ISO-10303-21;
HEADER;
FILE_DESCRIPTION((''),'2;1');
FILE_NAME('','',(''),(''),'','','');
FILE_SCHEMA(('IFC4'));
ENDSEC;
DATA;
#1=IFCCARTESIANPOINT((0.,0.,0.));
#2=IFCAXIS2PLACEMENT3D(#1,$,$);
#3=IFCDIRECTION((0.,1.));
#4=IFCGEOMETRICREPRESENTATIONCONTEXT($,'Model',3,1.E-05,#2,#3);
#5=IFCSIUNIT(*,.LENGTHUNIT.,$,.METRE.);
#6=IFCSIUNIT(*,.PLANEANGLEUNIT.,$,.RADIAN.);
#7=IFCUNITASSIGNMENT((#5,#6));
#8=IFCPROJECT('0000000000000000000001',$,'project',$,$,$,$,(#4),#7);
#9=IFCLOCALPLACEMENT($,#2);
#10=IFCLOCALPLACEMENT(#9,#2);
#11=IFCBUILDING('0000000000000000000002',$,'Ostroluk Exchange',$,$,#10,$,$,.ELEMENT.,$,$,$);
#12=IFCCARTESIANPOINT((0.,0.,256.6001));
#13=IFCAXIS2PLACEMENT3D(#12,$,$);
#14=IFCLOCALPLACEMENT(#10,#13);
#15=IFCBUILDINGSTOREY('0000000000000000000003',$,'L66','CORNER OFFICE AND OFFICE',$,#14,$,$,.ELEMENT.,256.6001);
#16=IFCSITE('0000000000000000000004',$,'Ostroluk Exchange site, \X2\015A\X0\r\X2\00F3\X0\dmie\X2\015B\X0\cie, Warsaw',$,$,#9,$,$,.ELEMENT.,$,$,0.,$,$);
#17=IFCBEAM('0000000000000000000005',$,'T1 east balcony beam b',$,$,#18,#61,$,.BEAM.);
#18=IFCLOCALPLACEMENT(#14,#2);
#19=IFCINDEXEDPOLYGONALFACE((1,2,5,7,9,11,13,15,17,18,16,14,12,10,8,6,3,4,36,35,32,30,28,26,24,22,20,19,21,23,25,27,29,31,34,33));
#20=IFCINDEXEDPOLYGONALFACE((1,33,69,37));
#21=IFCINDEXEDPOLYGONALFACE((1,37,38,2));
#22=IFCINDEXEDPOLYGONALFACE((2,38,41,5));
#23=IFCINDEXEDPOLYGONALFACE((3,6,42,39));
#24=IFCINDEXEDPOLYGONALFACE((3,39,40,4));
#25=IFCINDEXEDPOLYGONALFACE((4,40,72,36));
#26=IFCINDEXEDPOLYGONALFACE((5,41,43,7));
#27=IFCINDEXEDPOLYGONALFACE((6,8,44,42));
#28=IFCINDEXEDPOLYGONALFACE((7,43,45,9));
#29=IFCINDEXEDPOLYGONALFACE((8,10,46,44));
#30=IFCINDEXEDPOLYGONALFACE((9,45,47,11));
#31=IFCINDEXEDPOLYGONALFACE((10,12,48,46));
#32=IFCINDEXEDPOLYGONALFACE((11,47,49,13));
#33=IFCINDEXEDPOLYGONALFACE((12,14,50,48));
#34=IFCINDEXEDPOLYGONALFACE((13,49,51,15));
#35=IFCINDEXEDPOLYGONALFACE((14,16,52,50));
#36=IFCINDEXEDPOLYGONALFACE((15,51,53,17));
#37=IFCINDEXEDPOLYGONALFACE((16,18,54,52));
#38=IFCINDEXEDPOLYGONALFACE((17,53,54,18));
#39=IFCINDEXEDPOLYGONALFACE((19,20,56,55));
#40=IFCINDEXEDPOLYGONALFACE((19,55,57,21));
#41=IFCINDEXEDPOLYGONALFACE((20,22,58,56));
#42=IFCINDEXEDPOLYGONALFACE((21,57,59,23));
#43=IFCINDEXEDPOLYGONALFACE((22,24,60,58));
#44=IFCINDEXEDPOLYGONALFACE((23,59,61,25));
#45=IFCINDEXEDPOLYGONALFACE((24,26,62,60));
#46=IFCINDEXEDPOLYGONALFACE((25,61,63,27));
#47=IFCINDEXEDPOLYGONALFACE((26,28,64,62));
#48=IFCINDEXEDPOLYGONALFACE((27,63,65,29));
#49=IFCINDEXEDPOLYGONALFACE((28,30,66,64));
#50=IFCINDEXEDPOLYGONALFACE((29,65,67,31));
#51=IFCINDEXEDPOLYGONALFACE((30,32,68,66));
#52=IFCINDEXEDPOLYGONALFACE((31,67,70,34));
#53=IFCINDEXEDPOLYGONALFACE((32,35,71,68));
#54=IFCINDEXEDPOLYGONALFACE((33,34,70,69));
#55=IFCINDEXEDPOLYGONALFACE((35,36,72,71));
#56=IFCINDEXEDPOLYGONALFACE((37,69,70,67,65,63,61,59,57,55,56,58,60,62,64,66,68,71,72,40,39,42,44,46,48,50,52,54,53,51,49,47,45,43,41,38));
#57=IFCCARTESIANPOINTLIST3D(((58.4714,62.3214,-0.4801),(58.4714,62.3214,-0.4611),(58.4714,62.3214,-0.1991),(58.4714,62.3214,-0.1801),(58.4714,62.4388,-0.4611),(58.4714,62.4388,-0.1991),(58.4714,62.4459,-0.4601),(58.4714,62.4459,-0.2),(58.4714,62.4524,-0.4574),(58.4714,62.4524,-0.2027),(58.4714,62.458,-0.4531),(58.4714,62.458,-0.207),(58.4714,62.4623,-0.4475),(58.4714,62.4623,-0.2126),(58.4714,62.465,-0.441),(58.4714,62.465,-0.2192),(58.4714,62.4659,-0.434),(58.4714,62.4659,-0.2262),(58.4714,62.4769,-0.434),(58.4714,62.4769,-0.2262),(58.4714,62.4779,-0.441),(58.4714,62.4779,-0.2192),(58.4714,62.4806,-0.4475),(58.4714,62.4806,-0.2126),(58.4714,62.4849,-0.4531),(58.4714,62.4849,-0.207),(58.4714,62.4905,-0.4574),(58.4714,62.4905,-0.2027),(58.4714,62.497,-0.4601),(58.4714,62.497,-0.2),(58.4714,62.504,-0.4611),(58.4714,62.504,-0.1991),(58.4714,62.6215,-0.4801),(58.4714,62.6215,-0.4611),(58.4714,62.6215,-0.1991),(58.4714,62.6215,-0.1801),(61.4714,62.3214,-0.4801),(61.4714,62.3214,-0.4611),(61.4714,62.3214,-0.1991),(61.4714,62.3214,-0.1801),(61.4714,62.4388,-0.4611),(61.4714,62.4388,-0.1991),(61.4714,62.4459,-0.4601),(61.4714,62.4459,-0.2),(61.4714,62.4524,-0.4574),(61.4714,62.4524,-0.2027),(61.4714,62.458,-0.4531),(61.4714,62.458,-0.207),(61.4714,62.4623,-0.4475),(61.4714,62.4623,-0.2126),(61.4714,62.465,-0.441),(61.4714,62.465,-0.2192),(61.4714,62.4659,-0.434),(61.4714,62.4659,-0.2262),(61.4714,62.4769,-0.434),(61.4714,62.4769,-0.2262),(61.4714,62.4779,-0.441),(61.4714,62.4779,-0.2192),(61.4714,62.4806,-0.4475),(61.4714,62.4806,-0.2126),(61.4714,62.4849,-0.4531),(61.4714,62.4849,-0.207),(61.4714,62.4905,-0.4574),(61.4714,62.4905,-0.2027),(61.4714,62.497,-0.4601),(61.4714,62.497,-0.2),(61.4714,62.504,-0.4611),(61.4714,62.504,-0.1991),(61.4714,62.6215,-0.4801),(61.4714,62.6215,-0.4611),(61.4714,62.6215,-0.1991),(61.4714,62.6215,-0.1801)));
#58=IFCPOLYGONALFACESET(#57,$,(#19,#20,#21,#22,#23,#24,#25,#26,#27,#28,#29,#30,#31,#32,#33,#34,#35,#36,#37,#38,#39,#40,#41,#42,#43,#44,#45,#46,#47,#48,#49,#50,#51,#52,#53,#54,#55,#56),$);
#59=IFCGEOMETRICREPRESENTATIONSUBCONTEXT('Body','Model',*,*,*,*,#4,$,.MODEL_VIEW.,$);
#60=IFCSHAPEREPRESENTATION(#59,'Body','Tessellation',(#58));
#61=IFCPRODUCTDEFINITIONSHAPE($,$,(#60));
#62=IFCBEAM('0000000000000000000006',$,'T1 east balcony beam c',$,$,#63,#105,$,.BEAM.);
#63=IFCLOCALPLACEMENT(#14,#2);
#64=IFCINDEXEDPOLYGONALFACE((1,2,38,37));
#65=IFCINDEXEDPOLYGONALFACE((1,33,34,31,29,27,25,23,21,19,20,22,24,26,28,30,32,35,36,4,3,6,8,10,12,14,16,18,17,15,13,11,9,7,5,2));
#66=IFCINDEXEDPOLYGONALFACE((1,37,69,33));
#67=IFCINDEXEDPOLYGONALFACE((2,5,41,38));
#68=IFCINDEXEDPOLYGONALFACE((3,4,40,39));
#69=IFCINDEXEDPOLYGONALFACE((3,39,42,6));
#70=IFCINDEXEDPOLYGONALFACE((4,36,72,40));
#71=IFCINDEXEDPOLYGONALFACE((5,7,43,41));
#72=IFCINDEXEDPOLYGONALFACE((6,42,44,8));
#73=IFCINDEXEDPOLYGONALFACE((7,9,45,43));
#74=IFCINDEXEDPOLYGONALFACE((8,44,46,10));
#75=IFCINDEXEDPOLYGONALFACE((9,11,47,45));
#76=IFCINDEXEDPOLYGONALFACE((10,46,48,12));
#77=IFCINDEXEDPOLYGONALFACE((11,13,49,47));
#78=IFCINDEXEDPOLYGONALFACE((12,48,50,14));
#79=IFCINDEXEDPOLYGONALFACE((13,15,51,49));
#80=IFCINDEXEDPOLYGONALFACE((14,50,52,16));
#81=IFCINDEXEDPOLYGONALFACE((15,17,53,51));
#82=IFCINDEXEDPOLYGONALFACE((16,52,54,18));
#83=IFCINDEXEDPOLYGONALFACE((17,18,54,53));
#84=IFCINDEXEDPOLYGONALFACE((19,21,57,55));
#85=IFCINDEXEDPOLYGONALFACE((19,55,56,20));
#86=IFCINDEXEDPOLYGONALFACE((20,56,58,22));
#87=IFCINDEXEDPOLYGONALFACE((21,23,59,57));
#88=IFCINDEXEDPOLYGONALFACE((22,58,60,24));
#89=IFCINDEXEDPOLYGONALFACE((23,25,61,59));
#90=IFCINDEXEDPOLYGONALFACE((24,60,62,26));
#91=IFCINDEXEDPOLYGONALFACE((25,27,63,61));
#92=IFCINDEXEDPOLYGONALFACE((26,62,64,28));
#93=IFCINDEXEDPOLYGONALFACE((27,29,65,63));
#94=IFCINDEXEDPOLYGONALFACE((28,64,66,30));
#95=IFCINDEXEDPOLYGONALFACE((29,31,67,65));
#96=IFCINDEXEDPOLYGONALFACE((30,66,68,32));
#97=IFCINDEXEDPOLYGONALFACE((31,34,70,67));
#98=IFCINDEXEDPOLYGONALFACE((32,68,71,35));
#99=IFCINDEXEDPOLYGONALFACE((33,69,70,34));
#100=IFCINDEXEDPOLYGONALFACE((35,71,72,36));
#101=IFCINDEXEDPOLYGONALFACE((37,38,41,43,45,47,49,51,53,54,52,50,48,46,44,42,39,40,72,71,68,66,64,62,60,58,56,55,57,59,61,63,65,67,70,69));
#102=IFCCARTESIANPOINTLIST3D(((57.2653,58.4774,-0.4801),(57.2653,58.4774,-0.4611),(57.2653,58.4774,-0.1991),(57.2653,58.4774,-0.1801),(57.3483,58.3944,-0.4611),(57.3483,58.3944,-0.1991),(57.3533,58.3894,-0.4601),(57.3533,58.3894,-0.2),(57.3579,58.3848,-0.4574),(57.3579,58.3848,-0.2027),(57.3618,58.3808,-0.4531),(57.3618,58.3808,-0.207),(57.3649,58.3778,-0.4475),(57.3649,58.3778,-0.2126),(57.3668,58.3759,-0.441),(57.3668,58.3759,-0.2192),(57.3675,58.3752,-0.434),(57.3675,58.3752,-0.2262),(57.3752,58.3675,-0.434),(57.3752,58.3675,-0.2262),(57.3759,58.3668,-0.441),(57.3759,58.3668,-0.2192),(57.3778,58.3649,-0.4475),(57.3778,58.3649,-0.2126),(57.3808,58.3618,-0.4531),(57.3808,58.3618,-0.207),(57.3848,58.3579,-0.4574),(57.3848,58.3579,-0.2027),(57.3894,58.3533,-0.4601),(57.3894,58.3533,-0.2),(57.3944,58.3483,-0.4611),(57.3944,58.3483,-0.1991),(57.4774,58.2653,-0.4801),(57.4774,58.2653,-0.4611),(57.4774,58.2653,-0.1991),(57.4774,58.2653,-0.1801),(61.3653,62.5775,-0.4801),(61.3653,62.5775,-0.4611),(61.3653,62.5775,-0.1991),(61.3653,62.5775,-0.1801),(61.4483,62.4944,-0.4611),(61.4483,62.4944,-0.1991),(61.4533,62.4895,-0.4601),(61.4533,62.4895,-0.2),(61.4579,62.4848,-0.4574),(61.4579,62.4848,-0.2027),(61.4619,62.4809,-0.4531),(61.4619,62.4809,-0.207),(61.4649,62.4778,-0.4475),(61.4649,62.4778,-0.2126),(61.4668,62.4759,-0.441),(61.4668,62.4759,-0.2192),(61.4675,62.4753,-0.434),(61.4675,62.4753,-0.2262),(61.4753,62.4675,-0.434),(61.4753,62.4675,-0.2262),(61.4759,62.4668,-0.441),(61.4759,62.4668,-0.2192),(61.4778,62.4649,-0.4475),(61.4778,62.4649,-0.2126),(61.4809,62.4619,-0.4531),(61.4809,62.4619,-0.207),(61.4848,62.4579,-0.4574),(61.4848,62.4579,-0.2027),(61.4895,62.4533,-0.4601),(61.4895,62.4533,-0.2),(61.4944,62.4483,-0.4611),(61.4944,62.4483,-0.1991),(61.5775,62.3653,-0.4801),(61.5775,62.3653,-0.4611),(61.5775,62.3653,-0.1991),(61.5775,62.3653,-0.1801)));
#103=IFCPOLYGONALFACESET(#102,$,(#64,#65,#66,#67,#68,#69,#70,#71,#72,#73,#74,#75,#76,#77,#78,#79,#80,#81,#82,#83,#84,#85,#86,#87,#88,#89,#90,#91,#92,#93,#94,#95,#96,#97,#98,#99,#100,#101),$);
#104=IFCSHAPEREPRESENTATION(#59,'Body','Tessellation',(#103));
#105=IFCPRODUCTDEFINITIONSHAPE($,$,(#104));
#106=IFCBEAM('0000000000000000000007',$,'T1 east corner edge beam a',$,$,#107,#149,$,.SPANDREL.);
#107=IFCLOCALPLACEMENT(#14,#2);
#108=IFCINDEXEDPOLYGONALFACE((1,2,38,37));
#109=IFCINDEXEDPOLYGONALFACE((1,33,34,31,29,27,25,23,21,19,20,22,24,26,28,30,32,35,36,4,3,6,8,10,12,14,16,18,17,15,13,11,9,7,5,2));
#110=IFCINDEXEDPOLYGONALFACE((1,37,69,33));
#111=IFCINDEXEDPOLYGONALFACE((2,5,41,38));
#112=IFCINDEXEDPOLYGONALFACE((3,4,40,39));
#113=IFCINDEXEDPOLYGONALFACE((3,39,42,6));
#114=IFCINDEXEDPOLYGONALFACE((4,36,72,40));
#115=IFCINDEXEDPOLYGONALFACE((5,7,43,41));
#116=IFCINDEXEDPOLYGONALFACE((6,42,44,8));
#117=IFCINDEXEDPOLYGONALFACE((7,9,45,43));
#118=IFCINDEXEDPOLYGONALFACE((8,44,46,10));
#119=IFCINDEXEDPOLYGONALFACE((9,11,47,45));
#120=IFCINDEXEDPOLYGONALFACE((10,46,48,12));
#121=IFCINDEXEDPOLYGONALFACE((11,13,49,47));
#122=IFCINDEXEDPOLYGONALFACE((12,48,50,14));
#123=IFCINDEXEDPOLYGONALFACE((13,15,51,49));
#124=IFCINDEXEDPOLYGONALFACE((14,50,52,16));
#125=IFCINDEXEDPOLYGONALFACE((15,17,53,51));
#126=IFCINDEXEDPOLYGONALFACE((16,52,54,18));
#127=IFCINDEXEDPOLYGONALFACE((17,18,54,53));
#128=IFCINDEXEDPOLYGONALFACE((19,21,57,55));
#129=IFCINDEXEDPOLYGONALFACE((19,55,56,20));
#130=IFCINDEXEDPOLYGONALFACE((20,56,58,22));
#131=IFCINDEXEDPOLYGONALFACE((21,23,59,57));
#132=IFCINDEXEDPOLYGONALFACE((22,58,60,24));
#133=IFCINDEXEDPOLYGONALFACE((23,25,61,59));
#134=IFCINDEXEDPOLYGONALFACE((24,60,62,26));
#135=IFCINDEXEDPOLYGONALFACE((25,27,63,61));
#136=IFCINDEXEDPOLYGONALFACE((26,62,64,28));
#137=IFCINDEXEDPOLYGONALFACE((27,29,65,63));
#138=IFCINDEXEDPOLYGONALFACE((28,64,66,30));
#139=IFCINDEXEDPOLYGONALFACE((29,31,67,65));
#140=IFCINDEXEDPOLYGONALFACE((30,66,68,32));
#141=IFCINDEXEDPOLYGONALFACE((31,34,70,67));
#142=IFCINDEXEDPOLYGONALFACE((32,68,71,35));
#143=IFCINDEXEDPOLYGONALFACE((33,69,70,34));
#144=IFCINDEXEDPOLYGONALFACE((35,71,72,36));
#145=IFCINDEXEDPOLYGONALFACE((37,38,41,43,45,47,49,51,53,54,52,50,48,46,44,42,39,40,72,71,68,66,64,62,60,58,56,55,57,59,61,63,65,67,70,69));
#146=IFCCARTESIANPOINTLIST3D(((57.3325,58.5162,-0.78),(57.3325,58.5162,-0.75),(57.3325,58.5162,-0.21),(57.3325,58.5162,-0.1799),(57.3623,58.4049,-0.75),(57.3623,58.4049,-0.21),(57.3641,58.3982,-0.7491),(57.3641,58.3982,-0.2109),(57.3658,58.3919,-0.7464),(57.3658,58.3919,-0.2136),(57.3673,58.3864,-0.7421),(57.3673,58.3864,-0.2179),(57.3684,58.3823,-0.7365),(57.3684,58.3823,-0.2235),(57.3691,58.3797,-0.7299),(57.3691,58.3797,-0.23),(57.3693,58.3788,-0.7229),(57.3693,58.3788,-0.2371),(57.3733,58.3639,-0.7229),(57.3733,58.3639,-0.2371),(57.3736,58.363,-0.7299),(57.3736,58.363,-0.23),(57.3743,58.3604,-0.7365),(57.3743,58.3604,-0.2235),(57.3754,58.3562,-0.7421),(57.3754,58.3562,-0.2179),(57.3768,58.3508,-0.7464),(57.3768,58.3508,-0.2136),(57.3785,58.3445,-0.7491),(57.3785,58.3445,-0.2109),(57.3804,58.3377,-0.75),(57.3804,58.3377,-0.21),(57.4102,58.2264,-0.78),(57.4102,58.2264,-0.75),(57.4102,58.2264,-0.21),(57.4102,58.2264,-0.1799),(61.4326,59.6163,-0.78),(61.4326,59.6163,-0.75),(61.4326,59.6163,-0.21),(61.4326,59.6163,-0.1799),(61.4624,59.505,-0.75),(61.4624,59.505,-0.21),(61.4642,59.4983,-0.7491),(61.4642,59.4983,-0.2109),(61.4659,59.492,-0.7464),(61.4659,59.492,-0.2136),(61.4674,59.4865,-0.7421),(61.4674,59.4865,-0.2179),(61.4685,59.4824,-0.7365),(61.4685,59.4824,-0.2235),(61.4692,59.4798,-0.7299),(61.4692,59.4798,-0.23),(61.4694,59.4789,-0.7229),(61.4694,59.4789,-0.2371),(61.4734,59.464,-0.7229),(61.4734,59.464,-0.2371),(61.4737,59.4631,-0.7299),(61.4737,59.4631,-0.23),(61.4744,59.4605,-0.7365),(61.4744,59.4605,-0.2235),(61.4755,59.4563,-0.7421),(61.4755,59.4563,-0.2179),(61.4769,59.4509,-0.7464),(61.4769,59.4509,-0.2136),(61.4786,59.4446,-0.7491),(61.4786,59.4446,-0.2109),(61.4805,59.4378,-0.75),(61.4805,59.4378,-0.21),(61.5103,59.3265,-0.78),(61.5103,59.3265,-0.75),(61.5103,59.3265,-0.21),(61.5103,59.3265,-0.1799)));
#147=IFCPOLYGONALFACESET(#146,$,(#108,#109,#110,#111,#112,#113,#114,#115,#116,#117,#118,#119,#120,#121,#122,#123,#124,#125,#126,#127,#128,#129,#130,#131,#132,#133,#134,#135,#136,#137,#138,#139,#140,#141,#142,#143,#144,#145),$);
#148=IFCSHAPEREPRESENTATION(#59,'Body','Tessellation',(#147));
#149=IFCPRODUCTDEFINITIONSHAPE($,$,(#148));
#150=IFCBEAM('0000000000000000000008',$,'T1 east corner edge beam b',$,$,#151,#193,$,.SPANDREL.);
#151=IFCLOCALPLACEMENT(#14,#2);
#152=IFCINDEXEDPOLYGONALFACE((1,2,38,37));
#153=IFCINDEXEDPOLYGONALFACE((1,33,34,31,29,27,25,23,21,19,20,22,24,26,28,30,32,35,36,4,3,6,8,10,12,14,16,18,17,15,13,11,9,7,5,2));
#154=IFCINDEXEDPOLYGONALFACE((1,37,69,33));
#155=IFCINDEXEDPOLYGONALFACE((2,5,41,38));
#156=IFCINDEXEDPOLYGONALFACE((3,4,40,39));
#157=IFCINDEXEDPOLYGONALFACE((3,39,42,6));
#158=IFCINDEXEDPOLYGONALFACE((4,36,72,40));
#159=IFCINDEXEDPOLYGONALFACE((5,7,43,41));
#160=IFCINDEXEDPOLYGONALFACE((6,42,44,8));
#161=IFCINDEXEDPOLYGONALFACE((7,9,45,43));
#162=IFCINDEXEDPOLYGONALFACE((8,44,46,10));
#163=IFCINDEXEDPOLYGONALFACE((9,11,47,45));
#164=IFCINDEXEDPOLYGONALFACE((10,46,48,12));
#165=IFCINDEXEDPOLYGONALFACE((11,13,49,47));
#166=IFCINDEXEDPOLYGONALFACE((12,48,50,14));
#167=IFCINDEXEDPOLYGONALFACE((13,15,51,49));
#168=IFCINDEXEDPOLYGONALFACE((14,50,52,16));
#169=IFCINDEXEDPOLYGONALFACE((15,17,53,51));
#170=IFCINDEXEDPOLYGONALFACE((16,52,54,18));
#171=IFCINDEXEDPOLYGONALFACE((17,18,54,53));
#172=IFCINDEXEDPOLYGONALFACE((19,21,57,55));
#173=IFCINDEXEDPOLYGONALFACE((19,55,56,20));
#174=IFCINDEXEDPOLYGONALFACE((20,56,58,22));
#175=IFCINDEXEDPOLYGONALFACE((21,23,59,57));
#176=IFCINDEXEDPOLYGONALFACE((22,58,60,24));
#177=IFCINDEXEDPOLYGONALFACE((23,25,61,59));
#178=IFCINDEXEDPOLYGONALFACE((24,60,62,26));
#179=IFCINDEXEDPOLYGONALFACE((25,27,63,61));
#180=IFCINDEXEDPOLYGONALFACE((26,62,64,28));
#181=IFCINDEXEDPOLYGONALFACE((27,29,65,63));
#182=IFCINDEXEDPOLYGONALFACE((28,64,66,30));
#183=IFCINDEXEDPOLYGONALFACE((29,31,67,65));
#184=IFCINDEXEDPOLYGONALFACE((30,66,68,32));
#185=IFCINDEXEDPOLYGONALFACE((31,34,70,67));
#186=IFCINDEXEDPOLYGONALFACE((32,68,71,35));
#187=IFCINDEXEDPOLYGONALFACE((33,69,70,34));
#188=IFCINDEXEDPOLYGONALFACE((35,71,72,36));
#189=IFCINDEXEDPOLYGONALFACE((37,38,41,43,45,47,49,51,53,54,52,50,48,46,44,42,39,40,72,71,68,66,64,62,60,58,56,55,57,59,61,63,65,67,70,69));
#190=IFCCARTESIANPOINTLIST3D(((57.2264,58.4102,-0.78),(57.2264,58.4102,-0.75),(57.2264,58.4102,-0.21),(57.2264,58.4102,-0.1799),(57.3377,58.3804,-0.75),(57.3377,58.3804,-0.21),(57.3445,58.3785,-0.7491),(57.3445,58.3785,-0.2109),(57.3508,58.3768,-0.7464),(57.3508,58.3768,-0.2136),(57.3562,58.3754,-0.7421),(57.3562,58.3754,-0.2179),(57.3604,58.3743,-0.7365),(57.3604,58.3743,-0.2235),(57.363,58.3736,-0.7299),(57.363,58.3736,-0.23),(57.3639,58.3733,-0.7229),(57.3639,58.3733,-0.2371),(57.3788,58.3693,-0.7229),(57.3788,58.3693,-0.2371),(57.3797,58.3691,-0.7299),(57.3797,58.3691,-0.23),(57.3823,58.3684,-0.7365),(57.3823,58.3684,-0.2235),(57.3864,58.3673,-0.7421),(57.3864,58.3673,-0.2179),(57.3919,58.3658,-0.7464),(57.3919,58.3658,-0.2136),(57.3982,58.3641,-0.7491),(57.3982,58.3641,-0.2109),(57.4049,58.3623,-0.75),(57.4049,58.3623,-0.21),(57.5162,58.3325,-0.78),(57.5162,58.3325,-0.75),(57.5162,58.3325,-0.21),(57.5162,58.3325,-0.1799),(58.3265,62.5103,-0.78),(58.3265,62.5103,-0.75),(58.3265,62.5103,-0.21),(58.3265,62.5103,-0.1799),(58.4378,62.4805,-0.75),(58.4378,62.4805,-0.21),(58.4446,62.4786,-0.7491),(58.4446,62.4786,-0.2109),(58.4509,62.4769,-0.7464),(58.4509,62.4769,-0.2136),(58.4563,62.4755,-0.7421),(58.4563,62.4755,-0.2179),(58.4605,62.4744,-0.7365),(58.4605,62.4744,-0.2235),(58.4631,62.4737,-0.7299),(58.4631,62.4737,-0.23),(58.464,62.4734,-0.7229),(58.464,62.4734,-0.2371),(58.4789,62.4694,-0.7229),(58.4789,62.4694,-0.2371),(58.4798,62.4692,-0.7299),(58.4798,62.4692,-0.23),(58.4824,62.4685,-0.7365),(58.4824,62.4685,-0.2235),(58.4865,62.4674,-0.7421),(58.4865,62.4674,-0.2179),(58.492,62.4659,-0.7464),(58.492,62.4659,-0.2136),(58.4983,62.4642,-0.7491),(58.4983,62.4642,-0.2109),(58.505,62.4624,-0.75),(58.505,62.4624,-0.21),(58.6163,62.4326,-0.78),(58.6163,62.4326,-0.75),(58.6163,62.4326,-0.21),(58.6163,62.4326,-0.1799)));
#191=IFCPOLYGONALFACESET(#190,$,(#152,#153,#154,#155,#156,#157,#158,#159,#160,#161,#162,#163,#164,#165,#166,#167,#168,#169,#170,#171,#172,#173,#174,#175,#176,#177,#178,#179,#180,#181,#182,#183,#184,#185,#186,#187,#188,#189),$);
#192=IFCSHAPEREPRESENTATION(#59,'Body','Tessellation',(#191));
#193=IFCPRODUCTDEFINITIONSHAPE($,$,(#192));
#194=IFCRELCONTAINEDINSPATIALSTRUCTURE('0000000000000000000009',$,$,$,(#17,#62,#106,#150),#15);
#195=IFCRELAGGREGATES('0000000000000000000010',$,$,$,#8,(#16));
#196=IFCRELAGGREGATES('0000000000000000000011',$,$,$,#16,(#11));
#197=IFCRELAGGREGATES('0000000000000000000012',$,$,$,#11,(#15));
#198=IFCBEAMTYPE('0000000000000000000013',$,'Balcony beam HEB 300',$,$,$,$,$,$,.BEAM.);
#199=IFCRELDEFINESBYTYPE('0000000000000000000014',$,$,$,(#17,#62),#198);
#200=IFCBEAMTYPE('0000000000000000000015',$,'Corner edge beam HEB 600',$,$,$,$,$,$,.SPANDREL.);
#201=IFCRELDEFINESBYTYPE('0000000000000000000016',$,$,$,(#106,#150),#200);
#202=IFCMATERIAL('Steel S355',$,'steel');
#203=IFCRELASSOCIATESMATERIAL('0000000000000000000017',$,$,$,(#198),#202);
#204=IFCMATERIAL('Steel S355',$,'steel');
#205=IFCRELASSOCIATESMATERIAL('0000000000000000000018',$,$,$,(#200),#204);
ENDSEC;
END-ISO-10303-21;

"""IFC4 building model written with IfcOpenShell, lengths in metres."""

from ifc_helpers import new_model, si_unit, direction, frame, origin, origin_2d, place, context, subcontext, project, spatial, i_section, extrude, material, material_profile, profile_set, type_object, element, save


model = new_model("IFC4")

# Units and contexts
model_context = context("Model", 3, precision=1e-05, world=origin(), true_north=direction((0.0, 1.0)))
body_context = subcontext(model_context, "Body", "Model", "MODEL_VIEW")
ifc_project = project(units=[si_unit("LENGTHUNIT", "METRE"), si_unit("PLANEANGLEUNIT", "RADIAN")], contexts=[model_context])

# Site, building, storey
site_placement = place(None, origin())
site = spatial("IfcSite", under=ifc_project, at=site_placement, Name="Ostroluk Exchange site, Śródmieście, Warsaw", CompositionType="ELEMENT", RefElevation=0.0)
building_placement = place(site_placement, origin())
building = spatial("IfcBuilding", under=site, at=building_placement, Name="Ostroluk Exchange", CompositionType="ELEMENT")
storey_placement = place(building_placement, frame((0.0, 0.0, 256.6001)))
storey = spatial("IfcBuildingStorey", under=building, at=storey_placement, Name="L66", Description="CORNER OFFICE AND OFFICE", CompositionType="ELEMENT", Elevation=256.6001)

# Beams
ifc_material_1 = material(Name="Steel S355", Category="steel")
ifc_material_profile_1 = material_profile(ifc_material_1, i_section(OverallWidth=0.3, OverallDepth=0.3, WebThickness=0.011, FlangeThickness=0.019, FilletRadius=0.0271, at=origin_2d()), Name="HEB 300")
ifc_profile_set_1 = profile_set([ifc_material_profile_1], Name="Steel S355")
beam_type_1 = type_object("IfcBeamType", Name="Balcony beam HEB 300", PredefinedType="BEAM", material=ifc_profile_set_1)
for number, where, z_axis, x_axis, name in (
    (1, (58.4714, 62.4714, -0.3301), (1.0, 0.0, 0.0), (0.0, 1.0, 0.0), "T1 east balcony beam b"),
):
    element("IfcBeam", number, at=place(storey_placement, frame(where, z_axis=z_axis, x_axis=x_axis)), inside=storey, type_object=beam_type_1, Name=name, PredefinedType="BEAM", context=body_context, shape_type="SweptSolid", body=[
        extrude(i_section(OverallWidth=0.3, OverallDepth=0.3, WebThickness=0.011, FlangeThickness=0.019, FilletRadius=0.0271, at=origin_2d()), origin(), (0.0, 0.0, 1.0), 3.0),
    ])
beam_1_placement = place(storey_placement, frame((57.3713, 58.3713, -0.3301), z_axis=(0.707107, 0.707107, 0.0), x_axis=(-0.707107, 0.707107, 0.0)))
element("IfcBeam", 2, at=beam_1_placement, inside=storey, type_object=beam_type_1, Name="T1 east balcony beam c", PredefinedType="BEAM", context=body_context, shape_type="SweptSolid", body=[
    extrude(i_section(OverallWidth=0.3, OverallDepth=0.3, WebThickness=0.011, FlangeThickness=0.019, FilletRadius=0.0271, at=origin_2d()), origin(), (0.0, 0.0, 1.0), 5.7983),
])
ifc_material_2 = material(Name="Steel S355", Category="steel")
ifc_material_profile_2 = material_profile(ifc_material_2, i_section(OverallWidth=0.3, OverallDepth=0.6001, WebThickness=0.0154, FlangeThickness=0.03, FilletRadius=0.0271, at=origin_2d()), Name="HEB 600")
ifc_profile_set_2 = profile_set([ifc_material_profile_2], Name="Steel S355")
beam_type_2 = type_object("IfcBeamType", Name="Corner edge beam HEB 600", PredefinedType="SPANDREL", material=ifc_profile_set_2)
for number, where, z_axis, x_axis, name in (
    (3, (57.3713, 58.3713, -0.48), (0.965839, 0.259144, 0.0), (-0.259144, 0.965839, 0.0), "T1 east corner edge beam a"),
    (4, (57.3713, 58.3713, -0.48), (0.259144, 0.965839, 0.0), (-0.965839, 0.259144, 0.0), "T1 east corner edge beam b"),
):
    element("IfcBeam", number, at=place(storey_placement, frame(where, z_axis=z_axis, x_axis=x_axis)), inside=storey, type_object=beam_type_2, Name=name, PredefinedType="SPANDREL", context=body_context, shape_type="SweptSolid", body=[
        extrude(i_section(OverallWidth=0.3, OverallDepth=0.6001, WebThickness=0.0154, FlangeThickness=0.03, FilletRadius=0.0271, at=origin_2d()), origin(), (0.0, 0.0, 1.0), 4.2451),
    ])

save(model, "model.ifc")
